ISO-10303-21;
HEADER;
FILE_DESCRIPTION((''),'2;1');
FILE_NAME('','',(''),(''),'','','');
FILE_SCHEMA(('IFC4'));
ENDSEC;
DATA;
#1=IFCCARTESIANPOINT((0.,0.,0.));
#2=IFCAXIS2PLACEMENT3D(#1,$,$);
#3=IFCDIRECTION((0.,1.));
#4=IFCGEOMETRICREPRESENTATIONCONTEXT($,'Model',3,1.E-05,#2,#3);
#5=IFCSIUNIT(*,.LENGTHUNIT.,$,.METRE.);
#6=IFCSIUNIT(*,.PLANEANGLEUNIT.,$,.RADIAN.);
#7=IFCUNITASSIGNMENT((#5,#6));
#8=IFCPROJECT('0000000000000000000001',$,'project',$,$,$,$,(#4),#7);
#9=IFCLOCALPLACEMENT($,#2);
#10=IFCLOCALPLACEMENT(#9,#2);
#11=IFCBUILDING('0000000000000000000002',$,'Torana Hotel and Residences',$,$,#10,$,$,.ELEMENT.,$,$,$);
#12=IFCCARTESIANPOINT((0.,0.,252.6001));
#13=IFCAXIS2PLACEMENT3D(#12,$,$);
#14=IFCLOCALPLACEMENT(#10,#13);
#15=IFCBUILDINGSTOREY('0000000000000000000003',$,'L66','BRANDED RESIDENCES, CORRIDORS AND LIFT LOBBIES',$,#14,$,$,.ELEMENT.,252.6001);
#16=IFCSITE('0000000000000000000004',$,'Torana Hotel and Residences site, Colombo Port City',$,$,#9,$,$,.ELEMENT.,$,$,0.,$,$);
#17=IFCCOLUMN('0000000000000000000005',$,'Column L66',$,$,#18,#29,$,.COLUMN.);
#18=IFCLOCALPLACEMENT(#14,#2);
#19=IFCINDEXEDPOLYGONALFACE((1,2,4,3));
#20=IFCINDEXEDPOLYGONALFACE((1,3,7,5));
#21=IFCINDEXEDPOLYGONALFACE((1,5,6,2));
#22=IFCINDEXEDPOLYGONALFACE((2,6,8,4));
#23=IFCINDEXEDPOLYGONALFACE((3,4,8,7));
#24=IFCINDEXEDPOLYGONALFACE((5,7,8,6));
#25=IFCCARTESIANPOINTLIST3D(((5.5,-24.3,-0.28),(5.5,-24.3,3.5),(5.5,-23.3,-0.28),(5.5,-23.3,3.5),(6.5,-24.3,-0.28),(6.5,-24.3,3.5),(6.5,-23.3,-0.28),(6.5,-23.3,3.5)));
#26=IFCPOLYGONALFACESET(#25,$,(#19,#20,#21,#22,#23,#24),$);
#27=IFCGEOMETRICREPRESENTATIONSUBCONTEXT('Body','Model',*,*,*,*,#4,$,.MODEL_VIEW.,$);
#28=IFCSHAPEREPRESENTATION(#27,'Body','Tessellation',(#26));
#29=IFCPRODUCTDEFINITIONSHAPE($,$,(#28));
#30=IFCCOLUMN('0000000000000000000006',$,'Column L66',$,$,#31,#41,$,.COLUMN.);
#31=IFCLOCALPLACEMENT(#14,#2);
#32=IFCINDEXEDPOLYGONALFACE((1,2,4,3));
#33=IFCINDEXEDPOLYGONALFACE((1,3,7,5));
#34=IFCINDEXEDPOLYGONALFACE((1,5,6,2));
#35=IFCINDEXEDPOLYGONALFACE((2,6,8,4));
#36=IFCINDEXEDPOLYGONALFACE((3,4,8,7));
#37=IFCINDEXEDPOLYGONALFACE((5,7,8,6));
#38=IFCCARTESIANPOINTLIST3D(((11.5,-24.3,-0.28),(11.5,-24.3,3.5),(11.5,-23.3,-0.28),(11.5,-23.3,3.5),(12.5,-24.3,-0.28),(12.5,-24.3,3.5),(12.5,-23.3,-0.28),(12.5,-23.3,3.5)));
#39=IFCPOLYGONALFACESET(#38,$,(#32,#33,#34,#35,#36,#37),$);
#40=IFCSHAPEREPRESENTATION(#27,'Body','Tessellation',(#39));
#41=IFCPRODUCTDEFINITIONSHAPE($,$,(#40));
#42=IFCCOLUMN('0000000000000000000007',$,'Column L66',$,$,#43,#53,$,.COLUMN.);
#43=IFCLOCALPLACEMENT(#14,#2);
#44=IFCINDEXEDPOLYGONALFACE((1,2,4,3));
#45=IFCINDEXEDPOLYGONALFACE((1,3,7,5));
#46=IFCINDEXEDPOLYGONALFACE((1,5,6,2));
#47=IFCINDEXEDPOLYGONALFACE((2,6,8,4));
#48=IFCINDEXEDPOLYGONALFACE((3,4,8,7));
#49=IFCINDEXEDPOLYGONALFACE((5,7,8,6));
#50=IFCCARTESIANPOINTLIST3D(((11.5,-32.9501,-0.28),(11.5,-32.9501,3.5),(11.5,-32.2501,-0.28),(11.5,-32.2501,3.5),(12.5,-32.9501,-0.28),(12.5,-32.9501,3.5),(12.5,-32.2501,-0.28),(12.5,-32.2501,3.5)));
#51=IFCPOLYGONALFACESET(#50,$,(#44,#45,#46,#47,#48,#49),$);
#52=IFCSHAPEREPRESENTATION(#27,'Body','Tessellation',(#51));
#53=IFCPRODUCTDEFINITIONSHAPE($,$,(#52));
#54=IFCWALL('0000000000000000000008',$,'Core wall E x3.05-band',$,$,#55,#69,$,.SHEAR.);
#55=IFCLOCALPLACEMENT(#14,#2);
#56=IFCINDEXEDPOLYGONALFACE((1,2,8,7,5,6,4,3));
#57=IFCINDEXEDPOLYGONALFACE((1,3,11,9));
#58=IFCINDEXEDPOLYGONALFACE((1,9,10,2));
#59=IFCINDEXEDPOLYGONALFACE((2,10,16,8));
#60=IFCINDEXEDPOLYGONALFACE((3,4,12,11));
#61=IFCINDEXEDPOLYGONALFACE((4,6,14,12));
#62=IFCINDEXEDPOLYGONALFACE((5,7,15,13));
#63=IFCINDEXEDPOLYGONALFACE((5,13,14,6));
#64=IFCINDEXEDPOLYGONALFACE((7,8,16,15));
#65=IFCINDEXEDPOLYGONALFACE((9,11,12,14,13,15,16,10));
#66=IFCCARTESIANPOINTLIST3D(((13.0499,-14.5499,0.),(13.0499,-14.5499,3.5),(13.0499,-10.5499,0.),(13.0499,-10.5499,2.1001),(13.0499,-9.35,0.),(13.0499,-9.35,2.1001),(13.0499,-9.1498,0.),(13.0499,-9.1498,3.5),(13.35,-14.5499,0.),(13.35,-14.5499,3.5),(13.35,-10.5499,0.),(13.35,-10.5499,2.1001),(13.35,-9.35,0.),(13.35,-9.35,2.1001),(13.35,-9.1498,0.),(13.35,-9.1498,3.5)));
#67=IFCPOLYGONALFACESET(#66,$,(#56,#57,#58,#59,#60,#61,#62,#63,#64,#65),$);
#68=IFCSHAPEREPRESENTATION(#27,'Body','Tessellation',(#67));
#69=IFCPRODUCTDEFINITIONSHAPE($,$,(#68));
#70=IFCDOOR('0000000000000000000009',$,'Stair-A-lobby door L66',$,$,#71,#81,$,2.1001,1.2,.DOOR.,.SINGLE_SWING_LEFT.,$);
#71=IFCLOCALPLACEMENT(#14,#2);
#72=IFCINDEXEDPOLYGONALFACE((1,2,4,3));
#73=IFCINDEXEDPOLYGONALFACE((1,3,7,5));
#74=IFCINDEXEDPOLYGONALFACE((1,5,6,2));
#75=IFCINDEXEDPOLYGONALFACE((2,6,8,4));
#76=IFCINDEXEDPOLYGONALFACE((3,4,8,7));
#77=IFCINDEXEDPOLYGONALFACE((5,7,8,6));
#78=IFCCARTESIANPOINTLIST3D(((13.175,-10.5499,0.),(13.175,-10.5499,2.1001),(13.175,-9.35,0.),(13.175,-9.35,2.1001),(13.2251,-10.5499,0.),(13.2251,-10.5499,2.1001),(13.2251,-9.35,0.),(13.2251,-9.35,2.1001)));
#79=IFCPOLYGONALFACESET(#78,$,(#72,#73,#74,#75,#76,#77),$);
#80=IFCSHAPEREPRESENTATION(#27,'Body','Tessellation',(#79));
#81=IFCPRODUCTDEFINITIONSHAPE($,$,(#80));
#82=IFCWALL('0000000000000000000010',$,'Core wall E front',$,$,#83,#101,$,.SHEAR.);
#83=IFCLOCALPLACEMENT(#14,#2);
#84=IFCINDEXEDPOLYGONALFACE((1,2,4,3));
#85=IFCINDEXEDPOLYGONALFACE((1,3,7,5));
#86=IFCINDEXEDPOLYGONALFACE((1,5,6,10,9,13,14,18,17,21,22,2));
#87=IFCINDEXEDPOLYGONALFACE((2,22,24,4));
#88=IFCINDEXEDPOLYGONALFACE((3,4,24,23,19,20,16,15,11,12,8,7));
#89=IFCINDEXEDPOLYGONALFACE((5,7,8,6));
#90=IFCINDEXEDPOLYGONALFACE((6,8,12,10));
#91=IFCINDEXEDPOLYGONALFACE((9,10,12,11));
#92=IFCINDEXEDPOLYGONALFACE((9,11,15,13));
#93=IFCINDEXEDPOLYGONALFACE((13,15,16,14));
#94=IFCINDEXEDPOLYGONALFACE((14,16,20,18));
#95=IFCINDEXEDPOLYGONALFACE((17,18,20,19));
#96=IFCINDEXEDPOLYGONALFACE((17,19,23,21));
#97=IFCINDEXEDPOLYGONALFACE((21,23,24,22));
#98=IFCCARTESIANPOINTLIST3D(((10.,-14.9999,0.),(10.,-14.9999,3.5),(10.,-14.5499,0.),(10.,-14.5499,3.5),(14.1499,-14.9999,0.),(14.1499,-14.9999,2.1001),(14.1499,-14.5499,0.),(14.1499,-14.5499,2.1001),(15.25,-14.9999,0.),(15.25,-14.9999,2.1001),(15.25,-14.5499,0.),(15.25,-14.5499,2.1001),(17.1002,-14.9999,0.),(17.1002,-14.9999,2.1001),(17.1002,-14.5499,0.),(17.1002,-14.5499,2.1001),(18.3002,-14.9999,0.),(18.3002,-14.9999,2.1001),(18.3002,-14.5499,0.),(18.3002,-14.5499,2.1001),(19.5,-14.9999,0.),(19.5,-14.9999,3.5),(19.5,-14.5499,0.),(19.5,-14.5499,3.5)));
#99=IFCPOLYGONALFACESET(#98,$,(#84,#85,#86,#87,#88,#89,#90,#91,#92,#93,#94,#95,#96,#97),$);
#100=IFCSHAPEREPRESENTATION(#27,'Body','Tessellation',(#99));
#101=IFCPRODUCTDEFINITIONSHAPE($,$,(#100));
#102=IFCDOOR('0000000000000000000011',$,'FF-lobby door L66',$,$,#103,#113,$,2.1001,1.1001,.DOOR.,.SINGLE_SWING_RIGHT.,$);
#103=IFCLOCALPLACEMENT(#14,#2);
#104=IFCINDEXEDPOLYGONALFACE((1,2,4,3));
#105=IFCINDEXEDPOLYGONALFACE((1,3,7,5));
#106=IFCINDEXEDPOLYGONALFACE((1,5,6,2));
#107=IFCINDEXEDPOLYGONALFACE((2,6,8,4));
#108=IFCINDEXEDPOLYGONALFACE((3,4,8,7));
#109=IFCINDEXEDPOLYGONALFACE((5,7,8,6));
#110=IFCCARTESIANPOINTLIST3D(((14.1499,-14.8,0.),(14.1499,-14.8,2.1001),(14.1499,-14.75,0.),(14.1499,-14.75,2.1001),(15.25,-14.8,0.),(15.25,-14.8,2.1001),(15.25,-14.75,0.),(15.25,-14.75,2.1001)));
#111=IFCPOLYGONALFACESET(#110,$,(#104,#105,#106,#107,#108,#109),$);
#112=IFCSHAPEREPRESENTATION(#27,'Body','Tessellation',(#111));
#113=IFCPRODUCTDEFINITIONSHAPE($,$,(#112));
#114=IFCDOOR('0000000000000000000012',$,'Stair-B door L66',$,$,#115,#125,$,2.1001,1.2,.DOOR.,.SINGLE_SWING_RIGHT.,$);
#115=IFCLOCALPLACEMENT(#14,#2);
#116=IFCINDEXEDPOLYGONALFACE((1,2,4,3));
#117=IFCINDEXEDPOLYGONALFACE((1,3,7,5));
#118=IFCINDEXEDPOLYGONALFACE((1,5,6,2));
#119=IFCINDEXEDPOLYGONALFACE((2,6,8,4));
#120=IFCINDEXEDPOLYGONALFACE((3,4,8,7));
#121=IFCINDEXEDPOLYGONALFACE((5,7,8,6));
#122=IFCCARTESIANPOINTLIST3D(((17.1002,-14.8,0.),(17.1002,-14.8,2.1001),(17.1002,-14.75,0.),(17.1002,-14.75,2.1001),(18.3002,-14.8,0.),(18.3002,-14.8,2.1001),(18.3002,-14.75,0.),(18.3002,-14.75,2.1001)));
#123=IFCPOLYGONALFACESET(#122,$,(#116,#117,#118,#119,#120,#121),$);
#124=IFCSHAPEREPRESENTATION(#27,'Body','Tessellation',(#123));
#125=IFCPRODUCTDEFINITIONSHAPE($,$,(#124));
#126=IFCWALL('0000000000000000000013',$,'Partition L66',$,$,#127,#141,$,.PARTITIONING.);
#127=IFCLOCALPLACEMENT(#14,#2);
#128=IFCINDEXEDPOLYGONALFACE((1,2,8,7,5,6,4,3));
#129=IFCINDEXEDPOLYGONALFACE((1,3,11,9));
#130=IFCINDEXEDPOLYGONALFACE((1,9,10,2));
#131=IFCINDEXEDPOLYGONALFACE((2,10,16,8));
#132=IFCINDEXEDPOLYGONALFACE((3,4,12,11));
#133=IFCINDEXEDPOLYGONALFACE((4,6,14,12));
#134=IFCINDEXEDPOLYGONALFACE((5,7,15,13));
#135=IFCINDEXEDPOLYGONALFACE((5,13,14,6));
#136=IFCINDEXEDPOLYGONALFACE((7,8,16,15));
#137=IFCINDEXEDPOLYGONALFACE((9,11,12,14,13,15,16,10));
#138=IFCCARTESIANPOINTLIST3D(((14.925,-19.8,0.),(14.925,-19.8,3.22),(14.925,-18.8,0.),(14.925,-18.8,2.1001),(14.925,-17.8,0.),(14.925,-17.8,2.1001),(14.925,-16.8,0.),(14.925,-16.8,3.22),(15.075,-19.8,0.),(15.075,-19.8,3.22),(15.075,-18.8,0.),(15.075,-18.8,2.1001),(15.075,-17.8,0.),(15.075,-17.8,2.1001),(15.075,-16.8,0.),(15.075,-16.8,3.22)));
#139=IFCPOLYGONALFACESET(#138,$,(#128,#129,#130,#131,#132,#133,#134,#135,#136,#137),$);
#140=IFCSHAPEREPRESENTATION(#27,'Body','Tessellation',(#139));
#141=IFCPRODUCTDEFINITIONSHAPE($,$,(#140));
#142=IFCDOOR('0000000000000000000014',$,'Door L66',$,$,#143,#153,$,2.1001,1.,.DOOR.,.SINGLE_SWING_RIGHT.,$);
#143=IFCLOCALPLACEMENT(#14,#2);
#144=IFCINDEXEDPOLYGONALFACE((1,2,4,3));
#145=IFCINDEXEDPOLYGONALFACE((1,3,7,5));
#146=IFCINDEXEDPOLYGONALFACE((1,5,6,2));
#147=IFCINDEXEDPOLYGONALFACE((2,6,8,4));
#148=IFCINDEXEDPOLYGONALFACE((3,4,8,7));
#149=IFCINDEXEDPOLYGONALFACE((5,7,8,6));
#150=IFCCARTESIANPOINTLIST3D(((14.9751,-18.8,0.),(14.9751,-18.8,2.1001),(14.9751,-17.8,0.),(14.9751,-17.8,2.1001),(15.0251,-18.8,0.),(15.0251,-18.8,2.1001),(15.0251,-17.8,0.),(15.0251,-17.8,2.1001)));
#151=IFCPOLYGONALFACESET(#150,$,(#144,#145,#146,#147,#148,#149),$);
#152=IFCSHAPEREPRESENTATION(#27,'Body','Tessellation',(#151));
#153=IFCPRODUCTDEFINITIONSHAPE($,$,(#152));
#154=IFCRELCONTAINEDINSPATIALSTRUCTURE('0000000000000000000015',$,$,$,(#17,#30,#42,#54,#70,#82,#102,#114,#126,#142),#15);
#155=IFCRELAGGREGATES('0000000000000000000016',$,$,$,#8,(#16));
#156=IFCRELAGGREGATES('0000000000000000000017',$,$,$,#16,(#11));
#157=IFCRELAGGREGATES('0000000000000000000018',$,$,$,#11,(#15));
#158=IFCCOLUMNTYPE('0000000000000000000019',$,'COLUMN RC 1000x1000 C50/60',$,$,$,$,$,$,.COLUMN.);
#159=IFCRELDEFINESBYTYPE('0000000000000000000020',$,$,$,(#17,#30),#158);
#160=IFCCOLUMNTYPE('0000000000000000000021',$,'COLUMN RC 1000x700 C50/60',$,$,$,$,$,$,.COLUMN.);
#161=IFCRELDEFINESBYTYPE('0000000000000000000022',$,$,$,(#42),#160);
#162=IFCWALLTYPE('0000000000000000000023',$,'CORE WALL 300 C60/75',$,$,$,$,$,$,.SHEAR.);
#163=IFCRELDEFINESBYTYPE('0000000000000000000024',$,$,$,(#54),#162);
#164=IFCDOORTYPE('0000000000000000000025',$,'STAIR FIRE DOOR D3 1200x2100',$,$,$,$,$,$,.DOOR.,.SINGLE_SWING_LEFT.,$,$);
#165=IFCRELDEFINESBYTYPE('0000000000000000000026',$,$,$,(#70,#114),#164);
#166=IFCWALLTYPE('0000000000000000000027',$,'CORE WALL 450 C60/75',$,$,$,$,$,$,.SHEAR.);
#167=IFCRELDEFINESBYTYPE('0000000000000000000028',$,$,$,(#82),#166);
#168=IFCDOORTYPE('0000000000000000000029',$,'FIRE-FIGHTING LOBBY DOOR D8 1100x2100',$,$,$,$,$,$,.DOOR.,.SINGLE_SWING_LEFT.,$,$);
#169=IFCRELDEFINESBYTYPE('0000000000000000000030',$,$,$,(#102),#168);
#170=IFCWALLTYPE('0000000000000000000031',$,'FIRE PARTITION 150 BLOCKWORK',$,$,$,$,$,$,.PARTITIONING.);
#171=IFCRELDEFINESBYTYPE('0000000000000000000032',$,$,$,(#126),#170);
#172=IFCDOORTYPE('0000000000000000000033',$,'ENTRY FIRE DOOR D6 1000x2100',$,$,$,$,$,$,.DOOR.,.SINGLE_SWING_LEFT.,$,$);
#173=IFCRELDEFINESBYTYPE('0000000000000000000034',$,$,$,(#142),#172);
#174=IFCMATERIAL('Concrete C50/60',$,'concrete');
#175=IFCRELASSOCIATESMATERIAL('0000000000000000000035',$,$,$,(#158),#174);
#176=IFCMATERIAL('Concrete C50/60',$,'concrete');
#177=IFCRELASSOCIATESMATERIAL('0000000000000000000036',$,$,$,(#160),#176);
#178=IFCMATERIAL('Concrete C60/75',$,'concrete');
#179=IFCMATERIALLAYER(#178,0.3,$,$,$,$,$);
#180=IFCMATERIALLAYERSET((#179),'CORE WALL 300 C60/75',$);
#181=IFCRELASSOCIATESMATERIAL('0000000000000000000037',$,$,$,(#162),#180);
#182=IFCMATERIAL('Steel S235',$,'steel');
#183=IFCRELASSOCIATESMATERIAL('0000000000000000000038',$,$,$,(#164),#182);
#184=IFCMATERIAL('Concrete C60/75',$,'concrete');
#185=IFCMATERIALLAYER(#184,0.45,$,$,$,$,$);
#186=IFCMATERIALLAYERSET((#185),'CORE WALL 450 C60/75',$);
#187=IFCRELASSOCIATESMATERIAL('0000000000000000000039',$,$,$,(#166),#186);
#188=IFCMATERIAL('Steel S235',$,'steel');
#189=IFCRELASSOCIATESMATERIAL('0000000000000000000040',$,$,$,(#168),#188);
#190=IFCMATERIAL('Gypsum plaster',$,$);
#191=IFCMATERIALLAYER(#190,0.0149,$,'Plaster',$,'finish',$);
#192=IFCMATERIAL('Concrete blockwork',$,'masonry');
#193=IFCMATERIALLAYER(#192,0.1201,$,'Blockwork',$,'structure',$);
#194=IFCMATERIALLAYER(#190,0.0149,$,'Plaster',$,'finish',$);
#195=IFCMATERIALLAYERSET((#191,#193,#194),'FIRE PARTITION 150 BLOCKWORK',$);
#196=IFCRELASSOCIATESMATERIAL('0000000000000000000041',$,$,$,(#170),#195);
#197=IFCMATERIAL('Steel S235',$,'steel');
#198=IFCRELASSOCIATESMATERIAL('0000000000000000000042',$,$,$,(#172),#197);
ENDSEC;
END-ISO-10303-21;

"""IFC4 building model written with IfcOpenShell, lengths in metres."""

from ifc_helpers import new_model, si_unit, direction, frame, frame_2d, origin, origin_2d, place, context, subcontext, project, spatial, rectangle, extrude, material, layer, layer_set, material_profile, profile_set, type_object, element, fill, save


model = new_model("IFC4")

# Units and contexts
model_context = context("Model", 3, precision=1e-05, world=origin(), true_north=direction((0.0, 1.0)))
body_context = subcontext(model_context, "Body", "Model", "MODEL_VIEW")
ifc_project = project(units=[si_unit("LENGTHUNIT", "METRE"), si_unit("PLANEANGLEUNIT", "RADIAN")], contexts=[model_context])

# Site, building, storey
site_placement = place(None, origin())
site = spatial("IfcSite", under=ifc_project, at=site_placement, Name="Torana Hotel and Residences site, Colombo Port City", CompositionType="ELEMENT", RefElevation=0.0)
building_placement = place(site_placement, origin())
building = spatial("IfcBuilding", under=site, at=building_placement, Name="Torana Hotel and Residences", CompositionType="ELEMENT")
storey_placement = place(building_placement, frame((0.0, 0.0, 252.6001)))
storey = spatial("IfcBuildingStorey", under=building, at=storey_placement, Name="L66", Description="BRANDED RESIDENCES, CORRIDORS AND LIFT LOBBIES", CompositionType="ELEMENT", Elevation=252.6001)

# Columns
ifc_material_1 = material(Name="Concrete C50/60", Category="concrete")
ifc_material_profile_1 = material_profile(ifc_material_1, rectangle(XDim=1.0, YDim=1.0, at=origin_2d()), Name="RC 1000x1000")
ifc_profile_set_1 = profile_set([ifc_material_profile_1], Name="Concrete C50/60")
column_type_1 = type_object("IfcColumnType", Name="COLUMN RC 1000x1000 C50/60", PredefinedType="COLUMN", material=ifc_profile_set_1)
for number, where, z_axis, x_axis, name in (
    (1, (6.0, -23.8, -0.28), (0.0, 0.0, 1.0), (1.0, 0.0, 0.0), "Column L66"),
    (2, (12.0, -23.8, -0.28), (0.0, 0.0, 1.0), (1.0, 0.0, 0.0), "Column L66"),
):
    element("IfcColumn", number, at=place(storey_placement, frame(where, z_axis=z_axis, x_axis=x_axis)), inside=storey, type_object=column_type_1, Name=name, PredefinedType="COLUMN", context=body_context, shape_type="SweptSolid", body=[
        extrude(rectangle(XDim=1.0, YDim=1.0, at=origin_2d()), origin(), (0.0, 0.0, 1.0), 3.78),
    ])
ifc_material_2 = material(Name="Concrete C50/60", Category="concrete")
ifc_material_profile_2 = material_profile(ifc_material_2, rectangle(XDim=1.0, YDim=0.7, at=origin_2d()), Name="RC 1000x700")
ifc_profile_set_2 = profile_set([ifc_material_profile_2], Name="Concrete C50/60")
column_type_2 = type_object("IfcColumnType", Name="COLUMN RC 1000x700 C50/60", PredefinedType="COLUMN", material=ifc_profile_set_2)
column_placement = place(storey_placement, frame((12.0, -32.6001, -0.28), z_axis=(0.0, 0.0, 1.0), x_axis=(1.0, 0.0, 0.0)))
element("IfcColumn", 3, at=column_placement, inside=storey, type_object=column_type_2, Name="Column L66", PredefinedType="COLUMN", context=body_context, shape_type="SweptSolid", body=[
    extrude(rectangle(XDim=1.0, YDim=0.7, at=origin_2d()), origin(), (0.0, 0.0, 1.0), 3.78),
])

# Wall, opening, door
ifc_material_3 = material(Name="Concrete C60/75", Category="concrete")
ifc_layer_1 = layer(ifc_material_3, 0.3)
ifc_layer_set_1 = layer_set([ifc_layer_1], Name="CORE WALL 300 C60/75")
wall_type_1 = type_object("IfcWallType", Name="CORE WALL 300 C60/75", PredefinedType="SHEAR", material=ifc_layer_set_1)
wall_1_placement = place(storey_placement, frame((13.2, -14.55, 0.0), z_axis=(0.0, 0.0, 1.0), x_axis=(0.0, 1.0, 0.0)))
wall_1 = element("IfcWall", 4, at=wall_1_placement, inside=storey, type_object=wall_type_1, Name="Core wall E x3.05-band", PredefinedType="SHEAR", context=body_context, shape_type="SweptSolid", body=[
    extrude(rectangle(XDim=5.4001, YDim=0.3, at=frame_2d((2.7002, 0.0))), origin(), (0.0, 0.0, 1.0), 3.5),
])
opening_1_placement = place(wall_1_placement, frame((4.0, 0.0, 0.0)))
opening_1 = element("IfcOpeningElement", 5, at=opening_1_placement, cuts=wall_1, PredefinedType="OPENING", context=body_context, shape_type="SweptSolid", body=[
    extrude(rectangle(XDim=1.2, YDim=2.1001, at=frame_2d((0.6001, 1.05))), frame((0.0, 0.1599, 0.0), z_axis=(0.0, -1.0, 0.0), x_axis=(1.0, 0.0, 0.0)), (0.0, 0.0, 1.0), 0.3201),
])
ifc_material_4 = material(Name="Steel S235", Category="steel")
door_type_1 = type_object("IfcDoorType", Name="STAIR FIRE DOOR D3 1200x2100", OperationType="SINGLE_SWING_LEFT", PredefinedType="DOOR", material=ifc_material_4)
door_1_placement = place(opening_1_placement, origin())
door_1 = element("IfcDoor", 6, at=door_1_placement, inside=storey, type_object=door_type_1, Name="Stair-A-lobby door L66", OperationType="SINGLE_SWING_LEFT", OverallHeight=2.1001, OverallWidth=1.2, PredefinedType="DOOR", context=body_context, shape_type="SweptSolid", body=[
    extrude(rectangle(XDim=1.2, YDim=2.1001, at=frame_2d((0.6001, 1.05))), frame((0.0, 0.0249, 0.0), z_axis=(0.0, -1.0, 0.0), x_axis=(1.0, 0.0, 0.0)), (0.0, 0.0, 1.0), 0.05),
])
fill(opening_1, door_1)

# Wall, openings, doors
ifc_material_5 = material(Name="Concrete C60/75", Category="concrete")
ifc_layer_2 = layer(ifc_material_5, 0.45)
ifc_layer_set_2 = layer_set([ifc_layer_2], Name="CORE WALL 450 C60/75")
wall_type_2 = type_object("IfcWallType", Name="CORE WALL 450 C60/75", PredefinedType="SHEAR", material=ifc_layer_set_2)
wall_2_placement = place(storey_placement, frame((10.0, -14.7749, 0.0), z_axis=(0.0, 0.0, 1.0), x_axis=(1.0, 0.0, 0.0)))
wall_2 = element("IfcWall", 7, at=wall_2_placement, inside=storey, type_object=wall_type_2, Name="Core wall E front", PredefinedType="SHEAR", context=body_context, shape_type="SweptSolid", body=[
    extrude(rectangle(XDim=9.5, YDim=0.45, at=frame_2d((4.75, 0.0))), origin(), (0.0, 0.0, 1.0), 3.5),
])
opening_2_placement = place(wall_2_placement, frame((7.1001, 0.0, 0.0)))
opening_2 = element("IfcOpeningElement", 8, at=opening_2_placement, cuts=wall_2, PredefinedType="OPENING", context=body_context, shape_type="SweptSolid", body=[
    extrude(rectangle(XDim=1.2, YDim=2.1001, at=frame_2d((0.6001, 1.05))), frame((0.0, 0.2349, 0.0), z_axis=(0.0, -1.0, 0.0), x_axis=(1.0, 0.0, 0.0)), (0.0, 0.0, 1.0), 0.47),
])
opening_3_placement = place(wall_2_placement, frame((4.1499, 0.0, 0.0)))
opening_3 = element("IfcOpeningElement", 9, at=opening_3_placement, cuts=wall_2, PredefinedType="OPENING", context=body_context, shape_type="SweptSolid", body=[
    extrude(rectangle(XDim=1.1001, YDim=2.1001, at=frame_2d((0.55, 1.05))), frame((0.0, 0.2349, 0.0), z_axis=(0.0, -1.0, 0.0), x_axis=(1.0, 0.0, 0.0)), (0.0, 0.0, 1.0), 0.47),
])
ifc_material_6 = material(Name="Steel S235", Category="steel")
door_type_2 = type_object("IfcDoorType", Name="FIRE-FIGHTING LOBBY DOOR D8 1100x2100", OperationType="SINGLE_SWING_LEFT", PredefinedType="DOOR", material=ifc_material_6)
door_2_placement = place(opening_3_placement, origin())
door_2 = element("IfcDoor", 10, at=door_2_placement, inside=storey, type_object=door_type_2, Name="FF-lobby door L66", OperationType="SINGLE_SWING_RIGHT", OverallHeight=2.1001, OverallWidth=1.1001, PredefinedType="DOOR", context=body_context, shape_type="SweptSolid", body=[
    extrude(rectangle(XDim=1.1001, YDim=2.1001, at=frame_2d((0.55, 1.05))), frame((0.0, 0.0249, 0.0), z_axis=(0.0, -1.0, 0.0), x_axis=(1.0, 0.0, 0.0)), (0.0, 0.0, 1.0), 0.05),
])
fill(opening_3, door_2)
door_3_placement = place(opening_2_placement, origin())
door_3 = element("IfcDoor", 11, at=door_3_placement, inside=storey, type_object=door_type_1, Name="Stair-B door L66", OperationType="SINGLE_SWING_RIGHT", OverallHeight=2.1001, OverallWidth=1.2, PredefinedType="DOOR", context=body_context, shape_type="SweptSolid", body=[
    extrude(rectangle(XDim=1.2, YDim=2.1001, at=frame_2d((0.6001, 1.05))), frame((0.0, 0.0249, 0.0), z_axis=(0.0, -1.0, 0.0), x_axis=(1.0, 0.0, 0.0)), (0.0, 0.0, 1.0), 0.05),
])
fill(opening_2, door_3)

# Wall, opening, door
ifc_material_7 = material(Name="Gypsum plaster")
ifc_layer_3 = layer(ifc_material_7, 0.0149, Name="Plaster", Category="finish")
ifc_material_8 = material(Name="Concrete blockwork", Category="masonry")
ifc_layer_4 = layer(ifc_material_8, 0.1201, Name="Blockwork", Category="structure")
ifc_layer_5 = layer(ifc_material_7, 0.0149, Name="Plaster", Category="finish")
ifc_layer_set_3 = layer_set([ifc_layer_3, ifc_layer_4, ifc_layer_5], Name="FIRE PARTITION 150 BLOCKWORK")
wall_type_3 = type_object("IfcWallType", Name="FIRE PARTITION 150 BLOCKWORK", PredefinedType="PARTITIONING", material=ifc_layer_set_3)
wall_3_placement = place(storey_placement, frame((15.0, -19.8, 0.0), z_axis=(0.0, 0.0, 1.0), x_axis=(0.0, 1.0, 0.0)))
wall_3 = element("IfcWall", 12, at=wall_3_placement, inside=storey, type_object=wall_type_3, Name="Partition L66", PredefinedType="PARTITIONING", context=body_context, shape_type="SweptSolid", body=[
    extrude(rectangle(XDim=3.0, YDim=0.1499, at=frame_2d((1.5, 0.0))), origin(), (0.0, 0.0, 1.0), 3.22),
])
opening_4_placement = place(wall_3_placement, frame((1.0, 0.0, 0.0)))
opening_4 = element("IfcOpeningElement", 13, at=opening_4_placement, cuts=wall_3, PredefinedType="OPENING", context=body_context, shape_type="SweptSolid", body=[
    extrude(rectangle(XDim=1.0, YDim=2.1001, at=frame_2d((0.5, 1.05))), frame((0.0, 0.085, 0.0), z_axis=(0.0, -1.0, 0.0), x_axis=(1.0, 0.0, 0.0)), (0.0, 0.0, 1.0), 0.1699),
])
ifc_material_9 = material(Name="Steel S235", Category="steel")
door_type_3 = type_object("IfcDoorType", Name="ENTRY FIRE DOOR D6 1000x2100", OperationType="SINGLE_SWING_LEFT", PredefinedType="DOOR", material=ifc_material_9)
door_4_placement = place(opening_4_placement, origin())
door_4 = element("IfcDoor", 14, at=door_4_placement, inside=storey, type_object=door_type_3, Name="Door L66", OperationType="SINGLE_SWING_RIGHT", OverallHeight=2.1001, OverallWidth=1.0, PredefinedType="DOOR", context=body_context, shape_type="SweptSolid", body=[
    extrude(rectangle(XDim=1.0, YDim=2.1001, at=frame_2d((0.5, 1.05))), frame((0.0, 0.0249, 0.0), z_axis=(0.0, -1.0, 0.0), x_axis=(1.0, 0.0, 0.0)), (0.0, 0.0, 1.0), 0.05),
])
fill(opening_4, door_4)

save(model, "model.ifc")
